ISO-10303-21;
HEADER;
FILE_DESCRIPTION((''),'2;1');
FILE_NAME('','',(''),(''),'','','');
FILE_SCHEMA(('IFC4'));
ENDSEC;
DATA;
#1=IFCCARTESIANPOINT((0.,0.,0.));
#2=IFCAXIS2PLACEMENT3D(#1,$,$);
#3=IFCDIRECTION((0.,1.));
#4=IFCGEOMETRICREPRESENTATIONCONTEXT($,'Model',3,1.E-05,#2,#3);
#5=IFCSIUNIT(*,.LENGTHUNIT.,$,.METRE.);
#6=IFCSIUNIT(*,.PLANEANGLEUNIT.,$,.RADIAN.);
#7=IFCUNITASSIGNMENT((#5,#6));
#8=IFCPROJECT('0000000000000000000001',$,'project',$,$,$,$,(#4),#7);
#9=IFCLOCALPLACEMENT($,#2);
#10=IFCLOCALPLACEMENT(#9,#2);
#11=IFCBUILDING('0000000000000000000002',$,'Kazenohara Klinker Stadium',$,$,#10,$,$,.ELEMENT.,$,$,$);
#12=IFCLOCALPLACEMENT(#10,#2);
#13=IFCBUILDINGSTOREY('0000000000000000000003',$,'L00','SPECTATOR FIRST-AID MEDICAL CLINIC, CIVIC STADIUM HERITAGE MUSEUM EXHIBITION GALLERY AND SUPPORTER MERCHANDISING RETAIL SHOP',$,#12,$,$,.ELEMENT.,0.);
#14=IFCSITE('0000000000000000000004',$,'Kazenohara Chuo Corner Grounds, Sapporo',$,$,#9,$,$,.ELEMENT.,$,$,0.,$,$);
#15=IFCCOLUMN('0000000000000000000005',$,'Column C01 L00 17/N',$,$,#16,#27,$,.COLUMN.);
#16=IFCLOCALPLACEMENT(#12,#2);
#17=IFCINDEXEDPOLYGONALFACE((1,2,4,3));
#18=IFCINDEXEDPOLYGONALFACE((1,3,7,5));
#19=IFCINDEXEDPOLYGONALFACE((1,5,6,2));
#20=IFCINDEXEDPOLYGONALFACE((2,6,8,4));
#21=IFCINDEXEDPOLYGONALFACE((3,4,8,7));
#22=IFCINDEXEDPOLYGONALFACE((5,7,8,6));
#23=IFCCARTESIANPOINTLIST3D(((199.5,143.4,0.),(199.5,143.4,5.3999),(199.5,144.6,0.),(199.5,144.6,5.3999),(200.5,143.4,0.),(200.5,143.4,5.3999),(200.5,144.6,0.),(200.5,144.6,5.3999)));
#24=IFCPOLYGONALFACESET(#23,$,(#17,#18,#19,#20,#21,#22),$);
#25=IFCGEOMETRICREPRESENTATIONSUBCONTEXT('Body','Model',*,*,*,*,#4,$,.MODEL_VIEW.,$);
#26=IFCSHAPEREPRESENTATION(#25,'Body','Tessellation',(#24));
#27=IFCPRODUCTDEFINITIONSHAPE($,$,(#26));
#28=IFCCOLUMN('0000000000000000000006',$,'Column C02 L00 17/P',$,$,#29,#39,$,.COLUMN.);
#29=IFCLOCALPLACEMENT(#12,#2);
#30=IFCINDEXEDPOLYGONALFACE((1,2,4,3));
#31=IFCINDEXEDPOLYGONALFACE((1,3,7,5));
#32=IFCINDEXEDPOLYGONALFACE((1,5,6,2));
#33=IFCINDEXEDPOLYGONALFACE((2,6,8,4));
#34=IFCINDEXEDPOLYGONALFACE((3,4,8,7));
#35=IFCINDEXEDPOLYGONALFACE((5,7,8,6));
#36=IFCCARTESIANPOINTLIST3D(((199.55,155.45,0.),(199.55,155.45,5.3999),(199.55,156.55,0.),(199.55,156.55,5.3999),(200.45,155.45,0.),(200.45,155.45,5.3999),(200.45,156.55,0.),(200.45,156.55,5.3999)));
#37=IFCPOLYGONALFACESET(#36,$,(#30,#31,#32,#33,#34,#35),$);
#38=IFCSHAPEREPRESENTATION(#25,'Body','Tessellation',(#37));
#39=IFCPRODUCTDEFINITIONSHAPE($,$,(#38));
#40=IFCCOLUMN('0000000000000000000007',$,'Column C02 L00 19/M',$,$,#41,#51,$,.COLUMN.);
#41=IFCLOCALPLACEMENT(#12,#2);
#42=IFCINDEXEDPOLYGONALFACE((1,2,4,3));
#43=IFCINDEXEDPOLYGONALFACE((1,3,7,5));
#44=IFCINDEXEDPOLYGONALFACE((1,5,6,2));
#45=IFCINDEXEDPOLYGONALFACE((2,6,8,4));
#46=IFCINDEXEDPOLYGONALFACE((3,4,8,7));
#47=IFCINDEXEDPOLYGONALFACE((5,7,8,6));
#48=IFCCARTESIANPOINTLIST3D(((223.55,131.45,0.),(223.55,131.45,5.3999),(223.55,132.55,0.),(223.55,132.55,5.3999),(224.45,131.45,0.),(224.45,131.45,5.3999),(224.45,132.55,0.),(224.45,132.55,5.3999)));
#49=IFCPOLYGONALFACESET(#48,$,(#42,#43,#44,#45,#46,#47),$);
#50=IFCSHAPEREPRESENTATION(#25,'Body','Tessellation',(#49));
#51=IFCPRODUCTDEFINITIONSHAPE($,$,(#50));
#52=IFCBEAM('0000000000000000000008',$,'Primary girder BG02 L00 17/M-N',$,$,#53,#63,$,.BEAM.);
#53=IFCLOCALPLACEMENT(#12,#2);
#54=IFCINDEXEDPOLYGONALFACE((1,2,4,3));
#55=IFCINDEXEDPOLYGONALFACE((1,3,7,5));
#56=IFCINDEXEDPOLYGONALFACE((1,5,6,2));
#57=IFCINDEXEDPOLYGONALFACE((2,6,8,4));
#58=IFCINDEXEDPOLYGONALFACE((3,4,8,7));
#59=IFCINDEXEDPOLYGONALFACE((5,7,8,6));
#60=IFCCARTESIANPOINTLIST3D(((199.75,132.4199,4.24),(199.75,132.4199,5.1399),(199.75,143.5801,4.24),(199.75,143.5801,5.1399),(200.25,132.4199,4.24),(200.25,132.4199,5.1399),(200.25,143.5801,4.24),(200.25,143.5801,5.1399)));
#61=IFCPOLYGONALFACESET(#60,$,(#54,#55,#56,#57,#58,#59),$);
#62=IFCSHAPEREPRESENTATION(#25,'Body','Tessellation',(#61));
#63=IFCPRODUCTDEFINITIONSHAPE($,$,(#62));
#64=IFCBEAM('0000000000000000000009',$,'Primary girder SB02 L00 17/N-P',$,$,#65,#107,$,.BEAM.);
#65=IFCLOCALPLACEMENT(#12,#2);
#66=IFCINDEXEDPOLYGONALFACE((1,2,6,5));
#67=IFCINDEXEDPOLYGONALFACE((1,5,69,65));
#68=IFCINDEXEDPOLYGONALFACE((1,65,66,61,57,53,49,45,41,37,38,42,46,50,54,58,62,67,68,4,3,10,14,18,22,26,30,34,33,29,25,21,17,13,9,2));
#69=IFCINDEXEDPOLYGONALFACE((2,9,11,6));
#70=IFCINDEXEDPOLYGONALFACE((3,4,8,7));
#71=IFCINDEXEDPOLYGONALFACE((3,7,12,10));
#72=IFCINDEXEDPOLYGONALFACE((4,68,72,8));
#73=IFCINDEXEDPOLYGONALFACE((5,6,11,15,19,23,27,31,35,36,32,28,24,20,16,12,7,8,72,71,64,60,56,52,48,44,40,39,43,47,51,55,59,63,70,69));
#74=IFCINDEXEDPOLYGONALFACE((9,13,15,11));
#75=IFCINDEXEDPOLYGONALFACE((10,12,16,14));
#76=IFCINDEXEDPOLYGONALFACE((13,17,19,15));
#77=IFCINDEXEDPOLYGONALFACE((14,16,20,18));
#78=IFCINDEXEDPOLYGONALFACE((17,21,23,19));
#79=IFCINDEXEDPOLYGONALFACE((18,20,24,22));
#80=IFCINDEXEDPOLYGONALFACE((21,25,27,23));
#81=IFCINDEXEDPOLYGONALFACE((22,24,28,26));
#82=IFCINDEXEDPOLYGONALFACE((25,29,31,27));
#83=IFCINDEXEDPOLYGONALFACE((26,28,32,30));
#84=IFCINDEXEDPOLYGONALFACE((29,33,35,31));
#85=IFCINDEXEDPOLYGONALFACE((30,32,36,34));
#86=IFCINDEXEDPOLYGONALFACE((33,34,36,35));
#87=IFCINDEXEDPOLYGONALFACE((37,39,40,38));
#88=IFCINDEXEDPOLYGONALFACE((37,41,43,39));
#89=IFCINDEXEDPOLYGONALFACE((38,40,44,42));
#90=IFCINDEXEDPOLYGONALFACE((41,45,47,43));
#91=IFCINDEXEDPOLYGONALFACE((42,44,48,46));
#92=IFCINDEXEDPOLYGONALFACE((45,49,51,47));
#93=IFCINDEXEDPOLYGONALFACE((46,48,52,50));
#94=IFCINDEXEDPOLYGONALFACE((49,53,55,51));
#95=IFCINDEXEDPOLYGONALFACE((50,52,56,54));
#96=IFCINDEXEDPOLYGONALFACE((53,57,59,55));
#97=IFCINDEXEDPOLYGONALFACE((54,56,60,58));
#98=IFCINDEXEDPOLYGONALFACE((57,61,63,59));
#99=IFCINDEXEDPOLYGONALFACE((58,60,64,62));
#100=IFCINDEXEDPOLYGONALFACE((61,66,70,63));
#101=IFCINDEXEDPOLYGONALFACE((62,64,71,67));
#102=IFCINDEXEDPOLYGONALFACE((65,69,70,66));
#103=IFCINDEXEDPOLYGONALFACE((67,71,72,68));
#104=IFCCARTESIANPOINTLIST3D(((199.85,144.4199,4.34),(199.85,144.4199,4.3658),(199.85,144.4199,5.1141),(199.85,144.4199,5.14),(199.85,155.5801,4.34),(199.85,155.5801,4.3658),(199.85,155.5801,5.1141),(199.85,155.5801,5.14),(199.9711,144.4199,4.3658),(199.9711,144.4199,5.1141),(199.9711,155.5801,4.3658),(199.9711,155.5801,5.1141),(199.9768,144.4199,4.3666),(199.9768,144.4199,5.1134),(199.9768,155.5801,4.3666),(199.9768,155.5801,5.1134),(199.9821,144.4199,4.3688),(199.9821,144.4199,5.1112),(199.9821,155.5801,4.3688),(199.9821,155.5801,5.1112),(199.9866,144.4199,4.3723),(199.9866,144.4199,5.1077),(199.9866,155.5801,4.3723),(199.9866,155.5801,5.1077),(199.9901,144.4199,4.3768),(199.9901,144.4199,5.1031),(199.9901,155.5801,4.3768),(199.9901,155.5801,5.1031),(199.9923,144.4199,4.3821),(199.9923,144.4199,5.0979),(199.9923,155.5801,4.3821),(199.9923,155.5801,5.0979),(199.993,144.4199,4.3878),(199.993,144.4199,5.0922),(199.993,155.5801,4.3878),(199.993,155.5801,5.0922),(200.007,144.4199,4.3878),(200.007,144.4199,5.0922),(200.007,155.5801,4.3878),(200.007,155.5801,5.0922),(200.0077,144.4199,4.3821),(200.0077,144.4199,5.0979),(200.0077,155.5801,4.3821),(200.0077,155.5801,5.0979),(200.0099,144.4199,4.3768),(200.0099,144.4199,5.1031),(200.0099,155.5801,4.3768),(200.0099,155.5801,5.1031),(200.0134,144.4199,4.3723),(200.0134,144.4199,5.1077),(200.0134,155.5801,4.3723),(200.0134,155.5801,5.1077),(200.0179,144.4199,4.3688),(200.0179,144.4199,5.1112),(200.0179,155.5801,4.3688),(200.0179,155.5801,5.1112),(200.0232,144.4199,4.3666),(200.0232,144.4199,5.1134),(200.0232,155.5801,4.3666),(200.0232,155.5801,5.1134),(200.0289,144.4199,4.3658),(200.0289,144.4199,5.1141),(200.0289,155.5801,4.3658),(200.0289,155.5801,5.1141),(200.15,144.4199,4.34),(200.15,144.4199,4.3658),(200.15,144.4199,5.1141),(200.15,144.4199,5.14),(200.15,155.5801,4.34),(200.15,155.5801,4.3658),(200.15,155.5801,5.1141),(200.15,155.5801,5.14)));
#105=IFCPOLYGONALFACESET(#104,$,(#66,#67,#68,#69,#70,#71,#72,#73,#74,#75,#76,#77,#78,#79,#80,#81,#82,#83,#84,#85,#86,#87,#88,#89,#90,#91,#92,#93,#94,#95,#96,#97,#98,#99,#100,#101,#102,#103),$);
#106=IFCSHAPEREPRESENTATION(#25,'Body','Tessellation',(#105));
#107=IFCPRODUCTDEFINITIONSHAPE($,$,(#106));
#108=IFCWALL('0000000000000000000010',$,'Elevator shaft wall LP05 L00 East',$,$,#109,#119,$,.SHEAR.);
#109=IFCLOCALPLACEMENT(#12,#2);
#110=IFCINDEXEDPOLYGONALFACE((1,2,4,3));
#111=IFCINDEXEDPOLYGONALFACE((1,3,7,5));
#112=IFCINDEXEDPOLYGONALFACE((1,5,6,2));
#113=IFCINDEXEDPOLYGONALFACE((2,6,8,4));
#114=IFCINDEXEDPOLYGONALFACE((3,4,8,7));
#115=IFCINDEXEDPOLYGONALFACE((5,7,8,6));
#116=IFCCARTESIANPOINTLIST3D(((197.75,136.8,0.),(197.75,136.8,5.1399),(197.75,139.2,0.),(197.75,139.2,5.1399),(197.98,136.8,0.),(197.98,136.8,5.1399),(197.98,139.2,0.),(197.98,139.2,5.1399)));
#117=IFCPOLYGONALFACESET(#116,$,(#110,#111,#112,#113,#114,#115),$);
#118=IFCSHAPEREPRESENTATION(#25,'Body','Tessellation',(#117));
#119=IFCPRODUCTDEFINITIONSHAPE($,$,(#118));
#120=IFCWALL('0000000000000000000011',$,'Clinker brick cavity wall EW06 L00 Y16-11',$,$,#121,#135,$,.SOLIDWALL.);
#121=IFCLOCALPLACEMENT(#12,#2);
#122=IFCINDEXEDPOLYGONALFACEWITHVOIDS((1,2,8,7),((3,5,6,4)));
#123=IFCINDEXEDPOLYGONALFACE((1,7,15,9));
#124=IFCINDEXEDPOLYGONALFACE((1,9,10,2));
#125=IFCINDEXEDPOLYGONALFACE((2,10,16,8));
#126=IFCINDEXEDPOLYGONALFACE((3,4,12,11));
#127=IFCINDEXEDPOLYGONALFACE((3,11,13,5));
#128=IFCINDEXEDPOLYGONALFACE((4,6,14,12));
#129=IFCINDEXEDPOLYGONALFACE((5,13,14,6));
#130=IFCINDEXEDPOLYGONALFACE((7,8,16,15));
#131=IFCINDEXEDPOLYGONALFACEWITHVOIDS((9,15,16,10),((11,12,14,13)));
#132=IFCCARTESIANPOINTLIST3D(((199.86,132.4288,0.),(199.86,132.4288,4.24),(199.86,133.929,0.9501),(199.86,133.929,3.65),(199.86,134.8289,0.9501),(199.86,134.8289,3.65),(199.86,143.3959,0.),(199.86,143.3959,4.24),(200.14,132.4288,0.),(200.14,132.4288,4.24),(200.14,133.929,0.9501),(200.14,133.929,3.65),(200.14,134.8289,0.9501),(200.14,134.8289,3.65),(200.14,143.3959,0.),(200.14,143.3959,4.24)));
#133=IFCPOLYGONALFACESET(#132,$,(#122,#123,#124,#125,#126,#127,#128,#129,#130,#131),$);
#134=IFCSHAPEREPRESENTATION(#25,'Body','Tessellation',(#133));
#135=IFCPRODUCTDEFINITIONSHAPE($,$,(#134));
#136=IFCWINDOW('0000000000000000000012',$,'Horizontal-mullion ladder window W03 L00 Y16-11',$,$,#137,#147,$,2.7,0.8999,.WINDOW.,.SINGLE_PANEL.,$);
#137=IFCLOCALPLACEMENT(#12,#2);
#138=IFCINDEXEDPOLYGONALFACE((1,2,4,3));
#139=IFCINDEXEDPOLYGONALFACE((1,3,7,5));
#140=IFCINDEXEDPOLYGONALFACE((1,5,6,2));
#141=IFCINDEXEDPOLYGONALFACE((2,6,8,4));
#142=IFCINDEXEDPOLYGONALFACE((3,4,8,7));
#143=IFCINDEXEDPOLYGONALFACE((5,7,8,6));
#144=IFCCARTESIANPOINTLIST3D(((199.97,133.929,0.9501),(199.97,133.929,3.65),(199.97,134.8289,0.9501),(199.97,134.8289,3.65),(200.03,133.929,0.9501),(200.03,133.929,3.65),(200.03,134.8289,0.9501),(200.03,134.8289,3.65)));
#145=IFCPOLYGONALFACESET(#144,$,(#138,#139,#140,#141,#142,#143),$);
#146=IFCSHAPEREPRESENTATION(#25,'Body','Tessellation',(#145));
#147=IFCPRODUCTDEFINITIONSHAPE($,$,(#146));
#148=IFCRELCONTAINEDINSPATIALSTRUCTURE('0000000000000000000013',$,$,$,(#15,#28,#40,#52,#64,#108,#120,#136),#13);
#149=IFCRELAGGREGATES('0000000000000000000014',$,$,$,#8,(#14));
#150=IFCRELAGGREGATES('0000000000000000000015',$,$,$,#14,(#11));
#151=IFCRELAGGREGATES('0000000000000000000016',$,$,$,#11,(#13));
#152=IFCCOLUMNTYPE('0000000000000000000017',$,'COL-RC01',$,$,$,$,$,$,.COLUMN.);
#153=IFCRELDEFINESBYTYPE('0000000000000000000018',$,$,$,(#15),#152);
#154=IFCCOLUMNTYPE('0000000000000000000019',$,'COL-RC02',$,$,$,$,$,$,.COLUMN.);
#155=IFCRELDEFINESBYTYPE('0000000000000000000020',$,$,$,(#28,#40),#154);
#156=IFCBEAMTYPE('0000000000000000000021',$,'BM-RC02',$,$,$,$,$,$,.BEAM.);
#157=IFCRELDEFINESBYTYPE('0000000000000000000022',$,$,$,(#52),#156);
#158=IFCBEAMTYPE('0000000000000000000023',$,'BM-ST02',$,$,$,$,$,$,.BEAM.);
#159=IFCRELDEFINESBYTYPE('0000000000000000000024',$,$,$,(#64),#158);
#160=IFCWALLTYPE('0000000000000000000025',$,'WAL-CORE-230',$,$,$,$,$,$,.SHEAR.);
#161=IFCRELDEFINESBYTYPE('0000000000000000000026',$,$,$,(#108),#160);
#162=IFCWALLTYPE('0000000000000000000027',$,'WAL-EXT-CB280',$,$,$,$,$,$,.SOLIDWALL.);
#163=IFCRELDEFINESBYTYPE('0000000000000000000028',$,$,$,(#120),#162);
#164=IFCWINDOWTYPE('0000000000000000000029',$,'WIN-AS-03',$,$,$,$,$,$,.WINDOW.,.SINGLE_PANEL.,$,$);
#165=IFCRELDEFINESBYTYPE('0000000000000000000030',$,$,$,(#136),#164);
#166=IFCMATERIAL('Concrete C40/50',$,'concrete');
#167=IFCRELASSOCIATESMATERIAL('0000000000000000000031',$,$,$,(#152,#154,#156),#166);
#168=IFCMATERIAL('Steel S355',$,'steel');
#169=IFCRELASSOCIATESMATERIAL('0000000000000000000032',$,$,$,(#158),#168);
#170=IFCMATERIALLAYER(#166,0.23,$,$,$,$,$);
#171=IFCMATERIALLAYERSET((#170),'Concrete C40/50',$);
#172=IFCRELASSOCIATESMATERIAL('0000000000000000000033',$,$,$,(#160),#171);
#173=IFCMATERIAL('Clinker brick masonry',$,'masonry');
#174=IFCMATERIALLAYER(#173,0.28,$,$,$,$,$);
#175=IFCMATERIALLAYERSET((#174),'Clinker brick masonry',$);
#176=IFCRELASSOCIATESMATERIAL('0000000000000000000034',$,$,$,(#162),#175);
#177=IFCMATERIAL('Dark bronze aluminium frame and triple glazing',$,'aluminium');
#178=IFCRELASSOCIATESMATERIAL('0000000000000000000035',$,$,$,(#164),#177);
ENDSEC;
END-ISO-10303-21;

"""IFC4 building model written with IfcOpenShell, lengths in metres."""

from ifc_helpers import new_model, si_unit, direction, frame, frame_2d, origin, origin_2d, place, context, subcontext, project, spatial, rectangle, i_section, extrude, material, layer, layer_set, material_profile, profile_set, type_object, element, fill, save


model = new_model("IFC4")

# Units and contexts
model_context = context("Model", 3, precision=1e-05, world=origin(), true_north=direction((0.0, 1.0)))
body_context = subcontext(model_context, "Body", "Model", "MODEL_VIEW")
ifc_project = project(units=[si_unit("LENGTHUNIT", "METRE"), si_unit("PLANEANGLEUNIT", "RADIAN")], contexts=[model_context])

# Site, building, storey
site_placement = place(None, origin())
site = spatial("IfcSite", under=ifc_project, at=site_placement, Name="Kazenohara Chuo Corner Grounds, Sapporo", CompositionType="ELEMENT", RefElevation=0.0)
building_placement = place(site_placement, origin())
building = spatial("IfcBuilding", under=site, at=building_placement, Name="Kazenohara Klinker Stadium", CompositionType="ELEMENT")
storey_placement = place(building_placement, origin())
storey = spatial("IfcBuildingStorey", under=building, at=storey_placement, Name="L00", Description="SPECTATOR FIRST-AID MEDICAL CLINIC, CIVIC STADIUM HERITAGE MUSEUM EXHIBITION GALLERY AND SUPPORTER MERCHANDISING RETAIL SHOP", CompositionType="ELEMENT", Elevation=0.0)

# Columns
ifc_material_1 = material(Name="Concrete C40/50", Category="concrete")
ifc_material_profile_1 = material_profile(ifc_material_1, rectangle(XDim=1.0, YDim=1.2, at=origin_2d()), Name="RC-COL-1200x1000")
ifc_profile_set_1 = profile_set([ifc_material_profile_1], Name="Concrete C40/50")
column_type_1 = type_object("IfcColumnType", Name="COL-RC01", PredefinedType="COLUMN", material=ifc_profile_set_1)
column_placement = place(storey_placement, frame((200.0, 144.0, 0.0), z_axis=(0.0, 0.0, 1.0), x_axis=(1.0, 0.0, 0.0)))
element("IfcColumn", 1, at=column_placement, inside=storey, type_object=column_type_1, Name="Column C01 L00 17/N", PredefinedType="COLUMN", context=body_context, shape_type="SweptSolid", body=[
    extrude(rectangle(XDim=1.0, YDim=1.2, at=origin_2d()), origin(), (0.0, 0.0, 1.0), 5.3999),
])
ifc_material_profile_2 = material_profile(ifc_material_1, rectangle(XDim=0.8999, YDim=1.1001, at=origin_2d()), Name="RC-COL-1100x900")
ifc_profile_set_2 = profile_set([ifc_material_profile_2], Name="Concrete C40/50")
column_type_2 = type_object("IfcColumnType", Name="COL-RC02", PredefinedType="COLUMN", material=ifc_profile_set_2)
for number, where, z_axis, x_axis, name in (
    (2, (200.0, 156.0, 0.0), (0.0, 0.0, 1.0), (1.0, 0.0, 0.0), "Column C02 L00 17/P"),
    (3, (224.0, 132.0, 0.0), (0.0, 0.0, 1.0), (1.0, 0.0, 0.0), "Column C02 L00 19/M"),
):
    element("IfcColumn", number, at=place(storey_placement, frame(where, z_axis=z_axis, x_axis=x_axis)), inside=storey, type_object=column_type_2, Name=name, PredefinedType="COLUMN", context=body_context, shape_type="SweptSolid", body=[
        extrude(rectangle(XDim=0.8999, YDim=1.1001, at=origin_2d()), origin(), (0.0, 0.0, 1.0), 5.3999),
    ])

# Beams
ifc_material_profile_3 = material_profile(ifc_material_1, rectangle(XDim=0.5, YDim=0.8999, at=origin_2d()), Name="RC-BM-500x900")
ifc_profile_set_3 = profile_set([ifc_material_profile_3], Name="Concrete C40/50")
beam_type_1 = type_object("IfcBeamType", Name="BM-RC02", PredefinedType="BEAM", material=ifc_profile_set_3)
beam_1_placement = place(storey_placement, frame((200.0, 132.4199, 4.6899), z_axis=(0.0, 1.0, 0.0), x_axis=(-1.0, 0.0, 0.0)))
element("IfcBeam", 4, at=beam_1_placement, inside=storey, type_object=beam_type_1, Name="Primary girder BG02 L00 17/M-N", PredefinedType="BEAM", context=body_context, shape_type="SweptSolid", body=[
    extrude(rectangle(XDim=0.5, YDim=0.8999, at=origin_2d()), origin(), (0.0, 0.0, 1.0), 11.1602),
])
ifc_material_2 = material(Name="Steel S355", Category="steel")
ifc_material_profile_4 = material_profile(ifc_material_2, i_section(OverallWidth=0.3, OverallDepth=0.8, WebThickness=0.0139, FlangeThickness=0.0259, FilletRadius=0.022, at=origin_2d()), Name="H-800x300x14x26")
ifc_profile_set_4 = profile_set([ifc_material_profile_4], Name="Steel S355")
beam_type_2 = type_object("IfcBeamType", Name="BM-ST02", PredefinedType="BEAM", material=ifc_profile_set_4)
beam_2_placement = place(storey_placement, frame((200.0, 144.4199, 4.74), z_axis=(0.0, 1.0, 0.0), x_axis=(-1.0, 0.0, 0.0)))
element("IfcBeam", 5, at=beam_2_placement, inside=storey, type_object=beam_type_2, Name="Primary girder SB02 L00 17/N-P", PredefinedType="BEAM", context=body_context, shape_type="SweptSolid", body=[
    extrude(i_section(OverallWidth=0.3, OverallDepth=0.8, WebThickness=0.0139, FlangeThickness=0.0259, FilletRadius=0.022, at=origin_2d()), origin(), (0.0, 0.0, 1.0), 11.1602),
])

# Shared definitions
ifc_layer_1 = layer(ifc_material_1, 0.23)
ifc_layer_set_1 = layer_set([ifc_layer_1], Name="Concrete C40/50")
wall_type_1 = type_object("IfcWallType", Name="WAL-CORE-230", PredefinedType="SHEAR", material=ifc_layer_set_1)

# Wall
wall_1_placement = place(storey_placement, frame((197.865, 136.8, 0.0), z_axis=(0.0, 0.0, 1.0), x_axis=(0.0, 1.0, 0.0)))
element("IfcWall", 6, at=wall_1_placement, inside=storey, type_object=wall_type_1, Name="Elevator shaft wall LP05 L00 East", PredefinedType="SHEAR", context=body_context, shape_type="SweptSolid", body=[
    extrude(rectangle(XDim=2.3999, YDim=0.23, at=frame_2d((1.2, 0.0))), origin(), (0.0, 0.0, 1.0), 5.1399),
])

# Wall, opening, window
ifc_material_3 = material(Name="Clinker brick masonry", Category="masonry")
ifc_layer_2 = layer(ifc_material_3, 0.28)
ifc_layer_set_2 = layer_set([ifc_layer_2], Name="Clinker brick masonry")
wall_type_2 = type_object("IfcWallType", Name="WAL-EXT-CB280", PredefinedType="SOLIDWALL", material=ifc_layer_set_2)
wall_2_placement = place(storey_placement, frame((200.0, 132.429, 0.0), z_axis=(0.0, 0.0, 1.0), x_axis=(0.0, 1.0, 0.0)))
wall_2 = element("IfcWall", 7, at=wall_2_placement, inside=storey, type_object=wall_type_2, Name="Clinker brick cavity wall EW06 L00 Y16-11", PredefinedType="SOLIDWALL", context=body_context, shape_type="SweptSolid", body=[
    extrude(rectangle(XDim=10.967, YDim=0.28, at=frame_2d((5.4834, 0.0))), origin(), (0.0, 0.0, 1.0), 4.24),
])
opening_1_placement = place(wall_2_placement, frame((1.5, 0.0, 0.95)))
opening_1 = element("IfcOpeningElement", 8, at=opening_1_placement, cuts=wall_2, PredefinedType="OPENING", context=body_context, shape_type="SweptSolid", body=[
    extrude(rectangle(XDim=0.8999, YDim=2.7, at=frame_2d((0.45, 1.3501))), frame((0.0, 0.1499, 0.0), z_axis=(0.0, -1.0, 0.0), x_axis=(1.0, 0.0, 0.0)), (0.0, 0.0, 1.0), 0.3),
])
ifc_material_4 = material(Name="Dark bronze aluminium frame and triple glazing", Category="aluminium")
window_type_1 = type_object("IfcWindowType", Name="WIN-AS-03", PartitioningType="SINGLE_PANEL", PredefinedType="WINDOW", material=ifc_material_4)
window_1_placement = place(opening_1_placement, origin())
window_1 = element("IfcWindow", 9, at=window_1_placement, inside=storey, type_object=window_type_1, Name="Horizontal-mullion ladder window W03 L00 Y16-11", OverallHeight=2.7, OverallWidth=0.8999, PartitioningType="SINGLE_PANEL", PredefinedType="WINDOW", context=body_context, shape_type="SweptSolid", body=[
    extrude(rectangle(XDim=0.8999, YDim=2.7, at=frame_2d((0.45, 1.3501))), frame((0.0, 0.03, 0.0), z_axis=(0.0, -1.0, 0.0), x_axis=(1.0, 0.0, 0.0)), (0.0, 0.0, 1.0), 0.0601),
])
fill(opening_1, window_1)

save(model, "model.ifc")
